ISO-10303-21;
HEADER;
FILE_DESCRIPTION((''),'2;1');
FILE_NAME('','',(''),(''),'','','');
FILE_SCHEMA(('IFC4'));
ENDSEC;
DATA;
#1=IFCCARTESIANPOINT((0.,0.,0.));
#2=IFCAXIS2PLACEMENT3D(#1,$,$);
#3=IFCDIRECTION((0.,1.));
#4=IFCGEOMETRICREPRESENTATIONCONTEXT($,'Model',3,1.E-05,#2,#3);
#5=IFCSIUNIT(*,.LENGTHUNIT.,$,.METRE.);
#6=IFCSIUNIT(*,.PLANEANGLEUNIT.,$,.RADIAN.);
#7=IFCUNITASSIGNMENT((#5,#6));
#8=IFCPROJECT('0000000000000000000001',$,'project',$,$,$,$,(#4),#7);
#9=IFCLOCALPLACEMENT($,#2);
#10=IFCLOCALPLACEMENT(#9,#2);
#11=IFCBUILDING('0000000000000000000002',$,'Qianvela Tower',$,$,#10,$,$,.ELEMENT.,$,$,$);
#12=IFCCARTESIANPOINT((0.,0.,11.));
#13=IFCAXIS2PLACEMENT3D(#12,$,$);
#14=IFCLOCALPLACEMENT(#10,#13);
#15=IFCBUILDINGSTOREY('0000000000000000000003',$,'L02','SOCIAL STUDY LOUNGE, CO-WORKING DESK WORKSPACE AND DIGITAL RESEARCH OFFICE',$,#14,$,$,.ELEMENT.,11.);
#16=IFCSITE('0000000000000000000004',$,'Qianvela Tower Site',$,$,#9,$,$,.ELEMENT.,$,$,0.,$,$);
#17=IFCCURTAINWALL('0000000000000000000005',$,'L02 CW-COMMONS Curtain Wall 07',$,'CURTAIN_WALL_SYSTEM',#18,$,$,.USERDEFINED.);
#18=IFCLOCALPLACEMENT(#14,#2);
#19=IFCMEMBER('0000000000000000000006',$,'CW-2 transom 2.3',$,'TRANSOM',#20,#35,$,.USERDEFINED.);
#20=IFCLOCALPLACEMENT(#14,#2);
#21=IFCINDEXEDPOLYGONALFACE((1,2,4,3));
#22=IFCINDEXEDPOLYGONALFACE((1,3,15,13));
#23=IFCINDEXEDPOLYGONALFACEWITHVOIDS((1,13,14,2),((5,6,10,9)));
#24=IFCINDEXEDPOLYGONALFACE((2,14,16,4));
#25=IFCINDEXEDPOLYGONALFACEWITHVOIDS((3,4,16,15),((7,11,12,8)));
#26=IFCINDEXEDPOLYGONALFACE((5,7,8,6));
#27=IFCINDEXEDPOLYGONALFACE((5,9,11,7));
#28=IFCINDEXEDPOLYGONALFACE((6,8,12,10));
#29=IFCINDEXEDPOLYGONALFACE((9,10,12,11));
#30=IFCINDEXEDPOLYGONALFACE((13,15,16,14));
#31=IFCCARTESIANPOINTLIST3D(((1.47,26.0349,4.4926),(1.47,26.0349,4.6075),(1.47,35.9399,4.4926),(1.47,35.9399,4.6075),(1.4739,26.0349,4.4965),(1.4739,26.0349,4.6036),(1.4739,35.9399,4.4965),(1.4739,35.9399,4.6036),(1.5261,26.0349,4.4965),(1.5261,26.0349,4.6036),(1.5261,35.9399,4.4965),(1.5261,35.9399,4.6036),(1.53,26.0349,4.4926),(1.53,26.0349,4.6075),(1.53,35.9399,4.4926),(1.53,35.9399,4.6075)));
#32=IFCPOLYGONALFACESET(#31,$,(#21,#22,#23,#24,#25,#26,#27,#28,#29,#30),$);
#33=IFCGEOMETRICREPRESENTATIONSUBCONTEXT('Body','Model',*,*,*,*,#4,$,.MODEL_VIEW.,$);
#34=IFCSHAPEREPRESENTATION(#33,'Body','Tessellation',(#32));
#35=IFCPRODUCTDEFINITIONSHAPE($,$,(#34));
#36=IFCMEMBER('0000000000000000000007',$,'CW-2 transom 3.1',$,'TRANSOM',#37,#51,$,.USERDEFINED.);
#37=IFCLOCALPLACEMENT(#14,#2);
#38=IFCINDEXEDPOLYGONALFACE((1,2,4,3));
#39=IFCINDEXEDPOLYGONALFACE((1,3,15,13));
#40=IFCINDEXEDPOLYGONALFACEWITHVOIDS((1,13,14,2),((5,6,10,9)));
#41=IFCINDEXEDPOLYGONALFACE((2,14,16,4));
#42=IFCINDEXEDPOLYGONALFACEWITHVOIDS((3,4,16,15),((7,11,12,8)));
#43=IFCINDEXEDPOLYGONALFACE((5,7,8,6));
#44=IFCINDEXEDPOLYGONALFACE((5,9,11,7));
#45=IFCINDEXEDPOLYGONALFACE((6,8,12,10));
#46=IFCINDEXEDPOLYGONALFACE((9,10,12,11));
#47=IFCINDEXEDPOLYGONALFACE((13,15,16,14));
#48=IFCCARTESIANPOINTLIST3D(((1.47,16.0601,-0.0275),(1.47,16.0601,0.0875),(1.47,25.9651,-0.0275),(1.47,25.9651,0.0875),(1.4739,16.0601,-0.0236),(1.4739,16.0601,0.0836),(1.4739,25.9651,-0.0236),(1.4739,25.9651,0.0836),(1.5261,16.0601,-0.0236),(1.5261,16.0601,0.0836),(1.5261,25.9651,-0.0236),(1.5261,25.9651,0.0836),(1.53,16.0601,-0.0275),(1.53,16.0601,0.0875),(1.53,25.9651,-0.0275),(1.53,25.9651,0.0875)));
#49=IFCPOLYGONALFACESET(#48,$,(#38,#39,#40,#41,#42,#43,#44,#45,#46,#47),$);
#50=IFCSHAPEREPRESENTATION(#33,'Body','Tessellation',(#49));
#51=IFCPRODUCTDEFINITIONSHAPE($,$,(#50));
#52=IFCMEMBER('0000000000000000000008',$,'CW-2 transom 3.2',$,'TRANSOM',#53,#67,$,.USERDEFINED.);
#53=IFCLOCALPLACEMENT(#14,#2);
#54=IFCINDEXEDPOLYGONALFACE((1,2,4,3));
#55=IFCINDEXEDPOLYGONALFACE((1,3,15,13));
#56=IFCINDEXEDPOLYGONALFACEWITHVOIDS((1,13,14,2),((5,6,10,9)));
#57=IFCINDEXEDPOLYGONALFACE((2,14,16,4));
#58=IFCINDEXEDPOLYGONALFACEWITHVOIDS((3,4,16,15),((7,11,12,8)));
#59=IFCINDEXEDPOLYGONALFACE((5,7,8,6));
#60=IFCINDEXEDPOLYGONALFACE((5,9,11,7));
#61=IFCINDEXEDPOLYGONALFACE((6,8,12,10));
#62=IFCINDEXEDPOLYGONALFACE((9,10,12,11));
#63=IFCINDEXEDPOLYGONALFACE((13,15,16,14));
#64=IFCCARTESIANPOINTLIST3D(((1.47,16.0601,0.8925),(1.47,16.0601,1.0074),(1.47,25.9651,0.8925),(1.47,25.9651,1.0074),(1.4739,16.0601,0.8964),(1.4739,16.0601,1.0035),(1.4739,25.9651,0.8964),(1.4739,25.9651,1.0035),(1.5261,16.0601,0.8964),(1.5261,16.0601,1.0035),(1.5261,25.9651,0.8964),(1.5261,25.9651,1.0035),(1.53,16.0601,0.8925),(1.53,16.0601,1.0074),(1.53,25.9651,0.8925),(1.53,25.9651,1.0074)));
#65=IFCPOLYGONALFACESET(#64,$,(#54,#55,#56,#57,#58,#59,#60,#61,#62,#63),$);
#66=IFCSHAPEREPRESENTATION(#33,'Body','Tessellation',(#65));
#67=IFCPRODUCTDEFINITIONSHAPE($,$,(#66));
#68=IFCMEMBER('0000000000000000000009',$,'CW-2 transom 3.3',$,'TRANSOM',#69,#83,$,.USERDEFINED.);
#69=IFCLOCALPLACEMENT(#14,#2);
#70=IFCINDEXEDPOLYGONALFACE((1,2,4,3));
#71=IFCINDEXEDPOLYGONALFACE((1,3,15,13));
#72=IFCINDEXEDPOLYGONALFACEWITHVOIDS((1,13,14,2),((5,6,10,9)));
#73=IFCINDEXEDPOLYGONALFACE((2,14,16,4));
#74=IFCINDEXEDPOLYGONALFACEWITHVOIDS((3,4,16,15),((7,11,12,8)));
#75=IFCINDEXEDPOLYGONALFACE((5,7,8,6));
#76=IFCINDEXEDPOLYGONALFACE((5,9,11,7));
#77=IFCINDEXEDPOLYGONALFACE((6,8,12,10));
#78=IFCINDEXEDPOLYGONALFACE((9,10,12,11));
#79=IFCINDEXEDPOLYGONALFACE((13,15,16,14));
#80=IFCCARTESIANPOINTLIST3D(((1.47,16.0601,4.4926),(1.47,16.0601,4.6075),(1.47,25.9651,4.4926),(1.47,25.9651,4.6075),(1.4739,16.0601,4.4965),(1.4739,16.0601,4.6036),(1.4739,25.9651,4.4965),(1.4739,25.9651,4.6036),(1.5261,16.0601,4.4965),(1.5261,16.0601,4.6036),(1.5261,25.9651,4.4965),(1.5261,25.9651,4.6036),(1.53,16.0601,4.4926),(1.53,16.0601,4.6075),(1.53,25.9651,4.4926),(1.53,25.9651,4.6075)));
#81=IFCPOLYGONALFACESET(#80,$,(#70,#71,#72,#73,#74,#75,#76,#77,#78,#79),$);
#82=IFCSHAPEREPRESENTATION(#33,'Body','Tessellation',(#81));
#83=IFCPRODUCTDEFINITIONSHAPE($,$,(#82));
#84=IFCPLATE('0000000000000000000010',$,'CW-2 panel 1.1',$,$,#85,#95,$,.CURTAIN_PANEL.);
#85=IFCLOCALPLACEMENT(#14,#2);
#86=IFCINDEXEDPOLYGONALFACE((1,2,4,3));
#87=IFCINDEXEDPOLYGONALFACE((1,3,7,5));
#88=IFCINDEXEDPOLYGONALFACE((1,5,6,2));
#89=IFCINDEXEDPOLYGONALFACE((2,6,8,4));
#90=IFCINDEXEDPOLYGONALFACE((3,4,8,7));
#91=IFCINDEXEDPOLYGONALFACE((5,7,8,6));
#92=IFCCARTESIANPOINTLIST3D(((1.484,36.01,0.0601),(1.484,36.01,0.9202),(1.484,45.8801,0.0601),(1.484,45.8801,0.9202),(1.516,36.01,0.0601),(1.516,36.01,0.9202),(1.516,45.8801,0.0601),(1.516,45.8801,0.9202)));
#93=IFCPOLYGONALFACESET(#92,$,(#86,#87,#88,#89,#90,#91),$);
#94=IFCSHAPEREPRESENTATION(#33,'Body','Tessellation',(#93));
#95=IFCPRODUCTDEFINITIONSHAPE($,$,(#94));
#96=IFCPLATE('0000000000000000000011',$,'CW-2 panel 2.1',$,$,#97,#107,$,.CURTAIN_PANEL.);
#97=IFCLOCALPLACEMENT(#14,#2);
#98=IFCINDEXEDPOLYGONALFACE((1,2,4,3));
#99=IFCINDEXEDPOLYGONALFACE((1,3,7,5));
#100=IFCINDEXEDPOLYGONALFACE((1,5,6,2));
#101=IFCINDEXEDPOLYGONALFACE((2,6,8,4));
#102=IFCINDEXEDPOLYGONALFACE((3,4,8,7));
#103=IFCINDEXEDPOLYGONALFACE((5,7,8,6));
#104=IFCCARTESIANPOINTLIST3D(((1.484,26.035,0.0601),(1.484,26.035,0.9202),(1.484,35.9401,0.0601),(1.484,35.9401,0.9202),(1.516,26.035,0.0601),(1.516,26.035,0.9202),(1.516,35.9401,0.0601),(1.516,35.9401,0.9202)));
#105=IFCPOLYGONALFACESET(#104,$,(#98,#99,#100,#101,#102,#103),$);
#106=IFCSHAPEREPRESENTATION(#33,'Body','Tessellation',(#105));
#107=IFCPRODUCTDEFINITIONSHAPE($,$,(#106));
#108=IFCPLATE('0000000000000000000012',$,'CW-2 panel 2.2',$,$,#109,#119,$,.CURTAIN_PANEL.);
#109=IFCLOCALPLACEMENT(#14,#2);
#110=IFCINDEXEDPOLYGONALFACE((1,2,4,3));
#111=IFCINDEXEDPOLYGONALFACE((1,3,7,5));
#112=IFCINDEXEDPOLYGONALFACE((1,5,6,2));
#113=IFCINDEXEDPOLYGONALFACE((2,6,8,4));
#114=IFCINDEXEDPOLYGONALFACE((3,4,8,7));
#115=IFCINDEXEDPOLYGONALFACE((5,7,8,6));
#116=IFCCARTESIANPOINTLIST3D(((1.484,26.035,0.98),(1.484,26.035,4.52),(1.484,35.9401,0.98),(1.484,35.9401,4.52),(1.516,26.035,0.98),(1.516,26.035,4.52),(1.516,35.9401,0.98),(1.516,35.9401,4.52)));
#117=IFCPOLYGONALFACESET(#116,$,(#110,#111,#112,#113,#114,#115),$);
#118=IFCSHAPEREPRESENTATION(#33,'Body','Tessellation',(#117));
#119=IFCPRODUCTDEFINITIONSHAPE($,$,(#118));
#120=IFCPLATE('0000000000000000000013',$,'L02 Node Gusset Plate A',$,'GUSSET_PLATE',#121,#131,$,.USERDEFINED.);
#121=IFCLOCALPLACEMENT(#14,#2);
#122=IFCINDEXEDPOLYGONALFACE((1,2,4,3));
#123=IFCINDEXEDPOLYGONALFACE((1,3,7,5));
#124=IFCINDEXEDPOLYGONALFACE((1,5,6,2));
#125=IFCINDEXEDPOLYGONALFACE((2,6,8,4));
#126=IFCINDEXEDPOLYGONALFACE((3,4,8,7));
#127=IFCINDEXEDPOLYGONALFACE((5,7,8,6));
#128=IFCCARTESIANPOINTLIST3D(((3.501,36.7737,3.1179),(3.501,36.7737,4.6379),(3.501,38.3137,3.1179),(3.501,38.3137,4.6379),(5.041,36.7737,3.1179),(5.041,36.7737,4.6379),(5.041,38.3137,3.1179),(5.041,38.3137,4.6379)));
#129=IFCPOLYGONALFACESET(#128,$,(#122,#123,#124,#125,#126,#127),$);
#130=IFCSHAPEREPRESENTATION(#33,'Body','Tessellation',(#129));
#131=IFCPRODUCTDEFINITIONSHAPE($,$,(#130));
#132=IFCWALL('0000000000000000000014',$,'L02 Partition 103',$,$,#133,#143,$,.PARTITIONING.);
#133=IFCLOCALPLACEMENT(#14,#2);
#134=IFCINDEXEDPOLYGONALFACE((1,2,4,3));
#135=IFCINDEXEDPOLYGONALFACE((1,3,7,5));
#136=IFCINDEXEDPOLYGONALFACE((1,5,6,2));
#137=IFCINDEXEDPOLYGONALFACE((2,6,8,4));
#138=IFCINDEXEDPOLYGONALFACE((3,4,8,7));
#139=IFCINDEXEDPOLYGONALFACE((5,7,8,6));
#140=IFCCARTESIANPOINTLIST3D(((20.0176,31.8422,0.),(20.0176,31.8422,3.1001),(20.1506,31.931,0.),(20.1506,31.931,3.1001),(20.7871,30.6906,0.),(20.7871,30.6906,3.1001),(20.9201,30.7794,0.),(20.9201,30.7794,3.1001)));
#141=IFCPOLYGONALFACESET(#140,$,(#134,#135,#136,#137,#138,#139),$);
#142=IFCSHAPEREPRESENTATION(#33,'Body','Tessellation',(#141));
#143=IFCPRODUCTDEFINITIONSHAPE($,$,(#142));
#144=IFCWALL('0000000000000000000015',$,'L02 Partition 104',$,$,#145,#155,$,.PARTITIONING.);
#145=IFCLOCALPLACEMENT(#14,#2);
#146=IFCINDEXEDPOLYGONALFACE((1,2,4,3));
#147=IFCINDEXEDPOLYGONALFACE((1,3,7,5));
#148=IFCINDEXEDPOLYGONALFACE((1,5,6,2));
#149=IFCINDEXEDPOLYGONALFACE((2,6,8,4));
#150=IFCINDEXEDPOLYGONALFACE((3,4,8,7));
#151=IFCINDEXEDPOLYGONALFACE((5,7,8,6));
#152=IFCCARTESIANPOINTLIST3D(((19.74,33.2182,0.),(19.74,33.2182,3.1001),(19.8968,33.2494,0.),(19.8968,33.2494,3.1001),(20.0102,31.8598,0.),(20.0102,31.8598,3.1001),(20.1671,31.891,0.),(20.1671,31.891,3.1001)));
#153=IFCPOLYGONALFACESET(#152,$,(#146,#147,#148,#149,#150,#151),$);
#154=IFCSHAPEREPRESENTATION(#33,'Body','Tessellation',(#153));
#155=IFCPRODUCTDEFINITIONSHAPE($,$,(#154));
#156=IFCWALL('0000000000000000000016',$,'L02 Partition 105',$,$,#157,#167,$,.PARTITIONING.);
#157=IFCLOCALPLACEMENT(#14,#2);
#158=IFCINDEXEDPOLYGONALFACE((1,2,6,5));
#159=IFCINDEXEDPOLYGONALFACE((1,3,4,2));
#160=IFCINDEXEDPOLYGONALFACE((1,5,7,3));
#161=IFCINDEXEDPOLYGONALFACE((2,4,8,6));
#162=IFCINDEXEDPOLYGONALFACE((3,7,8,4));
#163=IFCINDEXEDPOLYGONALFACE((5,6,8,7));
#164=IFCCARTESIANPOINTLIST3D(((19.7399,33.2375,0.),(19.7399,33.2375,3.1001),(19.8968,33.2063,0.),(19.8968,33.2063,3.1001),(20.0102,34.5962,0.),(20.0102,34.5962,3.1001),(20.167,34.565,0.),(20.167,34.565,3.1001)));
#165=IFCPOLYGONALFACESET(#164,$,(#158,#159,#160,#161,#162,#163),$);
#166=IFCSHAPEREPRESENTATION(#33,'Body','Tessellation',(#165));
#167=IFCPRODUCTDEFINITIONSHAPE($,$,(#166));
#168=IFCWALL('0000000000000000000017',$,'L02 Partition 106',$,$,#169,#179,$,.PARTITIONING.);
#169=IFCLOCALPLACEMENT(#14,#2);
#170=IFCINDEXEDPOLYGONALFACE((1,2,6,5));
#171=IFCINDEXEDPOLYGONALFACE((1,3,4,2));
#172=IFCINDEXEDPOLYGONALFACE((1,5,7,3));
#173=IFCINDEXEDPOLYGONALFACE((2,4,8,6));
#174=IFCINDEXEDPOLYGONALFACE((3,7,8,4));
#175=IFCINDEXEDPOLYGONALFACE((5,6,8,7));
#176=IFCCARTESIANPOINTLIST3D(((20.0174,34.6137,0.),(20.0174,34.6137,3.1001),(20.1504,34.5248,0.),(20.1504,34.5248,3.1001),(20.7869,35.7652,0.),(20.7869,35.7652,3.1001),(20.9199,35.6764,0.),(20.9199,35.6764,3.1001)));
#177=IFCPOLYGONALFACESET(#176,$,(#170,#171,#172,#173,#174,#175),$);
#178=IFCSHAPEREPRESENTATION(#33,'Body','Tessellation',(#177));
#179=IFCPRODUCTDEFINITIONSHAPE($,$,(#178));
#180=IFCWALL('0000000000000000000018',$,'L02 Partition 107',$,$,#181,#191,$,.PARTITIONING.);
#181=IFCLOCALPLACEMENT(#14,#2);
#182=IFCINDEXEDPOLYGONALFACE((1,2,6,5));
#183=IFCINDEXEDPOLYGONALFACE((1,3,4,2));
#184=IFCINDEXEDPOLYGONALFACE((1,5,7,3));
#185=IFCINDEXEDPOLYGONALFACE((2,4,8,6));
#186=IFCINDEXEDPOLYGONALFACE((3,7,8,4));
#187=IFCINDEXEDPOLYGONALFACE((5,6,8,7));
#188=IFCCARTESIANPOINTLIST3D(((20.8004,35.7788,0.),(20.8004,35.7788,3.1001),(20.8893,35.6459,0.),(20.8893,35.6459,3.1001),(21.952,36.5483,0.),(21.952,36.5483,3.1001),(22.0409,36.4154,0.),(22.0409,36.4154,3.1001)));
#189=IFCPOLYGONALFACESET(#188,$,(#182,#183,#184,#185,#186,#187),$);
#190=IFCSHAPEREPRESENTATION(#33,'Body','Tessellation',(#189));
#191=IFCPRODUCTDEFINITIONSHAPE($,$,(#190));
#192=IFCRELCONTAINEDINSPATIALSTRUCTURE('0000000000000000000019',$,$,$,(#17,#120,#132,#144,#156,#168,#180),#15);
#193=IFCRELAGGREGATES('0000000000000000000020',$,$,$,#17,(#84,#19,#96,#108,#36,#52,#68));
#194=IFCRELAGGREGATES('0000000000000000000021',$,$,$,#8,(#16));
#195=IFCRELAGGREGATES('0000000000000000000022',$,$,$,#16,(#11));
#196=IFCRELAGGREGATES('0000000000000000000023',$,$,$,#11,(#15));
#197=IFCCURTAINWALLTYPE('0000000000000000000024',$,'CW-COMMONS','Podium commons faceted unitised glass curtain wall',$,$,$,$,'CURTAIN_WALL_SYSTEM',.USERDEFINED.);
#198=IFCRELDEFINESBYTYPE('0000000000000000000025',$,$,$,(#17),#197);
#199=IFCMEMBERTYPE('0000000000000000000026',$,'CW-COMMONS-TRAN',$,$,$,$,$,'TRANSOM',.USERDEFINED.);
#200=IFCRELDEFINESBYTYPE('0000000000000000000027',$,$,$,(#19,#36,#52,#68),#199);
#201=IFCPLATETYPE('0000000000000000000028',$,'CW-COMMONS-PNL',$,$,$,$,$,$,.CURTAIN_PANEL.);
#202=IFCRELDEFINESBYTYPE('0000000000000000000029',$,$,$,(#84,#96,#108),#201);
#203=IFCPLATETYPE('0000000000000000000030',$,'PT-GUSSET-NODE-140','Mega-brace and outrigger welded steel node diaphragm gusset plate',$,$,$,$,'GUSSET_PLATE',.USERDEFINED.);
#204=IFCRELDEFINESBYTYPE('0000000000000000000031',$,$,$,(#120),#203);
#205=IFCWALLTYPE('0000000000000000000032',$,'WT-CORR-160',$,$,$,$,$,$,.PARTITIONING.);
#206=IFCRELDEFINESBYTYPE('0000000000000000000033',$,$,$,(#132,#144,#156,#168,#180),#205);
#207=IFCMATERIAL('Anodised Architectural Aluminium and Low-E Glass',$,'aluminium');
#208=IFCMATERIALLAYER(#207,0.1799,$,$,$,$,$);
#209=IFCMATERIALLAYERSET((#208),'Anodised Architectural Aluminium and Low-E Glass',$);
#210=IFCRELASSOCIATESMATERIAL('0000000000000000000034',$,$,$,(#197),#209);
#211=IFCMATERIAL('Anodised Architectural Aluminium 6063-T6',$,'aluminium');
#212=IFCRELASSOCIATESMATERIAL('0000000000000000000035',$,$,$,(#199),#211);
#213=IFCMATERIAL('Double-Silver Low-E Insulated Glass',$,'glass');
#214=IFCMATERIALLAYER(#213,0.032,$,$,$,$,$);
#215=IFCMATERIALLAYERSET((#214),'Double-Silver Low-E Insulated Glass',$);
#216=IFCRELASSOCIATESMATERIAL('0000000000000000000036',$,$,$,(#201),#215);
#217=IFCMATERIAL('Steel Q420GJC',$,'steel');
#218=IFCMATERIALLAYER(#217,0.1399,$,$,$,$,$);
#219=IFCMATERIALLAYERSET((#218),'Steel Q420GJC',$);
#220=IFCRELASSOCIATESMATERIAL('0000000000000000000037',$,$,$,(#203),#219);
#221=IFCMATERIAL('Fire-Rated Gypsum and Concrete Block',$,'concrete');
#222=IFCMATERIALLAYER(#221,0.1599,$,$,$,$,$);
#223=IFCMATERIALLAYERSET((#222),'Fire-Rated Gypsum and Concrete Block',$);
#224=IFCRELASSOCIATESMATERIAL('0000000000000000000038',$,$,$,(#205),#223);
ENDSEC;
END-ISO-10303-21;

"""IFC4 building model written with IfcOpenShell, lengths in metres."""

from ifc_helpers import new_model, si_unit, direction, frame, frame_2d, origin, origin_2d, place, context, subcontext, project, spatial, rectangle, hollow_rectangle, extrude, material, layer, layer_set, material_profile, profile_set, type_object, element, aggregate, save


model = new_model("IFC4")

# Units and contexts
model_context = context("Model", 3, precision=1e-05, world=origin(), true_north=direction((0.0, 1.0)))
body_context = subcontext(model_context, "Body", "Model", "MODEL_VIEW")
ifc_project = project(units=[si_unit("LENGTHUNIT", "METRE"), si_unit("PLANEANGLEUNIT", "RADIAN")], contexts=[model_context])

# Site, building, storey
site_placement = place(None, origin())
site = spatial("IfcSite", under=ifc_project, at=site_placement, Name="Qianvela Tower Site", CompositionType="ELEMENT", RefElevation=0.0)
building_placement = place(site_placement, origin())
building = spatial("IfcBuilding", under=site, at=building_placement, Name="Qianvela Tower", CompositionType="ELEMENT")
storey_placement = place(building_placement, frame((0.0, 0.0, 11.0)))
storey = spatial("IfcBuildingStorey", under=building, at=storey_placement, Name="L02", Description="SOCIAL STUDY LOUNGE, CO-WORKING DESK WORKSPACE AND DIGITAL RESEARCH OFFICE", CompositionType="ELEMENT", Elevation=11.0)

# Curtain wall, members, plates
ifc_material_1 = material(Name="Anodised Architectural Aluminium and Low-E Glass", Category="aluminium")
ifc_layer_1 = layer(ifc_material_1, 0.1799)
ifc_layer_set_1 = layer_set([ifc_layer_1], Name="Anodised Architectural Aluminium and Low-E Glass")
curtain_wall_type = type_object("IfcCurtainWallType", Name="CW-COMMONS", Description="Podium commons faceted unitised glass curtain wall", ElementType="CURTAIN_WALL_SYSTEM", PredefinedType="USERDEFINED", material=ifc_layer_set_1)
curtain_wall_placement = place(storey_placement, origin())
curtain_wall = element("IfcCurtainWall", 1, at=curtain_wall_placement, inside=storey, type_object=curtain_wall_type, Name="L02 CW-COMMONS Curtain Wall 07", ObjectType="CURTAIN_WALL_SYSTEM", PredefinedType="USERDEFINED")
ifc_material_2 = material(Name="Anodised Architectural Aluminium 6063-T6", Category="aluminium")
ifc_material_profile_1 = material_profile(ifc_material_2, hollow_rectangle(XDim=0.0601, YDim=0.115, WallThickness=0.0039, at=origin_2d()), Name="ALU-TRAN-60x115")
ifc_profile_set_1 = profile_set([ifc_material_profile_1], Name="Anodised Architectural Aluminium 6063-T6")
member_type_1 = type_object("IfcMemberType", Name="CW-COMMONS-TRAN", ElementType="TRANSOM", PredefinedType="USERDEFINED", material=ifc_profile_set_1)
member_1_placement = place(storey_placement, frame((1.5, 35.9399, 4.55), z_axis=(0.0, -1.0, 0.0), x_axis=(1.0, 0.0, 0.0)))
member_1 = element("IfcMember", 2, at=member_1_placement, type_object=member_type_1, Name="CW-2 transom 2.3", ObjectType="TRANSOM", PredefinedType="USERDEFINED", context=body_context, shape_type="SweptSolid", body=[
    extrude(hollow_rectangle(XDim=0.0601, YDim=0.115, WallThickness=0.0039, at=origin_2d()), origin(), (0.0, 0.0, 1.0), 9.905),
])
member_2_placement = place(storey_placement, frame((1.5, 25.9651, 0.03), z_axis=(0.0, -1.0, 0.0), x_axis=(1.0, 0.0, 0.0)))
member_2 = element("IfcMember", 3, at=member_2_placement, type_object=member_type_1, Name="CW-2 transom 3.1", ObjectType="TRANSOM", PredefinedType="USERDEFINED", context=body_context, shape_type="SweptSolid", body=[
    extrude(hollow_rectangle(XDim=0.0601, YDim=0.115, WallThickness=0.0039, at=origin_2d()), origin(), (0.0, 0.0, 1.0), 9.905),
])
member_3_placement = place(storey_placement, frame((1.5, 25.9651, 0.95), z_axis=(0.0, -1.0, 0.0), x_axis=(1.0, 0.0, 0.0)))
member_3 = element("IfcMember", 4, at=member_3_placement, type_object=member_type_1, Name="CW-2 transom 3.2", ObjectType="TRANSOM", PredefinedType="USERDEFINED", context=body_context, shape_type="SweptSolid", body=[
    extrude(hollow_rectangle(XDim=0.0601, YDim=0.115, WallThickness=0.0039, at=origin_2d()), origin(), (0.0, 0.0, 1.0), 9.905),
])
member_4_placement = place(storey_placement, frame((1.5, 25.9651, 4.55), z_axis=(0.0, -1.0, 0.0), x_axis=(1.0, 0.0, 0.0)))
member_4 = element("IfcMember", 5, at=member_4_placement, type_object=member_type_1, Name="CW-2 transom 3.3", ObjectType="TRANSOM", PredefinedType="USERDEFINED", context=body_context, shape_type="SweptSolid", body=[
    extrude(hollow_rectangle(XDim=0.0601, YDim=0.115, WallThickness=0.0039, at=origin_2d()), origin(), (0.0, 0.0, 1.0), 9.905),
])
ifc_material_3 = material(Name="Double-Silver Low-E Insulated Glass", Category="glass")
ifc_layer_2 = layer(ifc_material_3, 0.032)
ifc_layer_set_2 = layer_set([ifc_layer_2], Name="Double-Silver Low-E Insulated Glass")
plate_type_1 = type_object("IfcPlateType", Name="CW-COMMONS-PNL", PredefinedType="CURTAIN_PANEL", material=ifc_layer_set_2)
plate_1_placement = place(storey_placement, frame((1.5, 40.9451, 0.0601), z_axis=(0.0, 0.0, 1.0), x_axis=(0.0, -1.0, 0.0)))
plate_1 = element("IfcPlate", 6, at=plate_1_placement, type_object=plate_type_1, Name="CW-2 panel 1.1", PredefinedType="CURTAIN_PANEL", context=body_context, shape_type="SweptSolid", body=[
    extrude(rectangle(XDim=9.8701, YDim=0.032, at=origin_2d()), origin(), (0.0, 0.0, 1.0), 0.8601),
])
plate_2_placement = place(storey_placement, frame((1.5, 30.9875, 0.0601), z_axis=(0.0, 0.0, 1.0), x_axis=(0.0, -1.0, 0.0)))
plate_2 = element("IfcPlate", 7, at=plate_2_placement, type_object=plate_type_1, Name="CW-2 panel 2.1", PredefinedType="CURTAIN_PANEL", context=body_context, shape_type="SweptSolid", body=[
    extrude(rectangle(XDim=9.905, YDim=0.032, at=origin_2d()), origin(), (0.0, 0.0, 1.0), 0.8601),
])
plate_3_placement = place(storey_placement, frame((1.5, 30.9875, 0.98), z_axis=(0.0, 0.0, 1.0), x_axis=(0.0, -1.0, 0.0)))
plate_3 = element("IfcPlate", 8, at=plate_3_placement, type_object=plate_type_1, Name="CW-2 panel 2.2", PredefinedType="CURTAIN_PANEL", context=body_context, shape_type="SweptSolid", body=[
    extrude(rectangle(XDim=9.905, YDim=0.032, at=origin_2d()), origin(), (0.0, 0.0, 1.0), 3.54),
])
aggregate(curtain_wall, [plate_1, member_1, plate_2, plate_3, member_2, member_3, member_4])

# Plate
ifc_material_4 = material(Name="Steel Q420GJC", Category="steel")
ifc_layer_3 = layer(ifc_material_4, 0.1399)
ifc_layer_set_3 = layer_set([ifc_layer_3], Name="Steel Q420GJC")
plate_type_2 = type_object("IfcPlateType", Name="PT-GUSSET-NODE-140", Description="Mega-brace and outrigger welded steel node diaphragm gusset plate", ElementType="GUSSET_PLATE", PredefinedType="USERDEFINED", material=ifc_layer_set_3)
plate_4_placement = place(storey_placement, frame((4.271, 37.5437, 3.1179), z_axis=(0.0, 0.0, 1.0), x_axis=(1.0, 0.0, 0.0)))
element("IfcPlate", 9, at=plate_4_placement, inside=storey, type_object=plate_type_2, Name="L02 Node Gusset Plate A", ObjectType="GUSSET_PLATE", PredefinedType="USERDEFINED", context=body_context, shape_type="SweptSolid", body=[
    extrude(rectangle(XDim=1.54, YDim=1.54, at=origin_2d()), origin(), (0.0, 0.0, 1.0), 1.52),
])

# Walls
ifc_material_5 = material(Name="Fire-Rated Gypsum and Concrete Block", Category="concrete")
ifc_layer_4 = layer(ifc_material_5, 0.1599)
ifc_layer_set_4 = layer_set([ifc_layer_4], Name="Fire-Rated Gypsum and Concrete Block")
wall_type_1 = type_object("IfcWallType", Name="WT-CORR-160", PredefinedType="PARTITIONING", material=ifc_layer_set_4)
for number, where, z_axis, x_axis, name in (
    (10, (20.8535, 30.7351, 0.0), (0.0, 0.0, 1.0), (-0.555595, 0.831453, 0.0), "L02 Partition 103"),
    (11, (20.0886, 31.8755, 0.0), (0.0, 0.0, 1.0), (-0.195133, 0.980777, 0.0), "L02 Partition 104"),
):
    element("IfcWall", number, at=place(storey_placement, frame(where, z_axis=z_axis, x_axis=x_axis)), inside=storey, type_object=wall_type_1, Name=name, PredefinedType="PARTITIONING", context=body_context, shape_type="SweptSolid", body=[
        extrude(rectangle(XDim=1.385, YDim=0.1599, at=frame_2d((0.6924, 0.0))), origin(), (0.0, 0.0, 1.0), 3.1001),
    ])
wall_1_placement = place(storey_placement, frame((19.8184, 33.2219, 0.0), z_axis=(0.0, 0.0, 1.0), x_axis=(0.195099, 0.980784, 0.0)))
element("IfcWall", 12, at=wall_1_placement, inside=storey, type_object=wall_type_1, Name="L02 Partition 105", PredefinedType="PARTITIONING", context=body_context, shape_type="SweptSolid", body=[
    extrude(rectangle(XDim=1.3853, YDim=0.1599, at=frame_2d((0.6926, 0.0))), origin(), (0.0, 0.0, 1.0), 3.1001),
])
for number, where, z_axis, x_axis, name in (
    (13, (20.084, 34.5693, 0.0), (0.0, 0.0, 1.0), (0.555595, 0.831453, 0.0), "L02 Partition 106"),
    (14, (20.845, 35.7124, 0.0), (0.0, 0.0, 1.0), (0.831453, 0.555595, 0.0), "L02 Partition 107"),
):
    element("IfcWall", number, at=place(storey_placement, frame(where, z_axis=z_axis, x_axis=x_axis)), inside=storey, type_object=wall_type_1, Name=name, PredefinedType="PARTITIONING", context=body_context, shape_type="SweptSolid", body=[
        extrude(rectangle(XDim=1.385, YDim=0.1599, at=frame_2d((0.6924, 0.0))), origin(), (0.0, 0.0, 1.0), 3.1001),
    ])

save(model, "model.ifc")
